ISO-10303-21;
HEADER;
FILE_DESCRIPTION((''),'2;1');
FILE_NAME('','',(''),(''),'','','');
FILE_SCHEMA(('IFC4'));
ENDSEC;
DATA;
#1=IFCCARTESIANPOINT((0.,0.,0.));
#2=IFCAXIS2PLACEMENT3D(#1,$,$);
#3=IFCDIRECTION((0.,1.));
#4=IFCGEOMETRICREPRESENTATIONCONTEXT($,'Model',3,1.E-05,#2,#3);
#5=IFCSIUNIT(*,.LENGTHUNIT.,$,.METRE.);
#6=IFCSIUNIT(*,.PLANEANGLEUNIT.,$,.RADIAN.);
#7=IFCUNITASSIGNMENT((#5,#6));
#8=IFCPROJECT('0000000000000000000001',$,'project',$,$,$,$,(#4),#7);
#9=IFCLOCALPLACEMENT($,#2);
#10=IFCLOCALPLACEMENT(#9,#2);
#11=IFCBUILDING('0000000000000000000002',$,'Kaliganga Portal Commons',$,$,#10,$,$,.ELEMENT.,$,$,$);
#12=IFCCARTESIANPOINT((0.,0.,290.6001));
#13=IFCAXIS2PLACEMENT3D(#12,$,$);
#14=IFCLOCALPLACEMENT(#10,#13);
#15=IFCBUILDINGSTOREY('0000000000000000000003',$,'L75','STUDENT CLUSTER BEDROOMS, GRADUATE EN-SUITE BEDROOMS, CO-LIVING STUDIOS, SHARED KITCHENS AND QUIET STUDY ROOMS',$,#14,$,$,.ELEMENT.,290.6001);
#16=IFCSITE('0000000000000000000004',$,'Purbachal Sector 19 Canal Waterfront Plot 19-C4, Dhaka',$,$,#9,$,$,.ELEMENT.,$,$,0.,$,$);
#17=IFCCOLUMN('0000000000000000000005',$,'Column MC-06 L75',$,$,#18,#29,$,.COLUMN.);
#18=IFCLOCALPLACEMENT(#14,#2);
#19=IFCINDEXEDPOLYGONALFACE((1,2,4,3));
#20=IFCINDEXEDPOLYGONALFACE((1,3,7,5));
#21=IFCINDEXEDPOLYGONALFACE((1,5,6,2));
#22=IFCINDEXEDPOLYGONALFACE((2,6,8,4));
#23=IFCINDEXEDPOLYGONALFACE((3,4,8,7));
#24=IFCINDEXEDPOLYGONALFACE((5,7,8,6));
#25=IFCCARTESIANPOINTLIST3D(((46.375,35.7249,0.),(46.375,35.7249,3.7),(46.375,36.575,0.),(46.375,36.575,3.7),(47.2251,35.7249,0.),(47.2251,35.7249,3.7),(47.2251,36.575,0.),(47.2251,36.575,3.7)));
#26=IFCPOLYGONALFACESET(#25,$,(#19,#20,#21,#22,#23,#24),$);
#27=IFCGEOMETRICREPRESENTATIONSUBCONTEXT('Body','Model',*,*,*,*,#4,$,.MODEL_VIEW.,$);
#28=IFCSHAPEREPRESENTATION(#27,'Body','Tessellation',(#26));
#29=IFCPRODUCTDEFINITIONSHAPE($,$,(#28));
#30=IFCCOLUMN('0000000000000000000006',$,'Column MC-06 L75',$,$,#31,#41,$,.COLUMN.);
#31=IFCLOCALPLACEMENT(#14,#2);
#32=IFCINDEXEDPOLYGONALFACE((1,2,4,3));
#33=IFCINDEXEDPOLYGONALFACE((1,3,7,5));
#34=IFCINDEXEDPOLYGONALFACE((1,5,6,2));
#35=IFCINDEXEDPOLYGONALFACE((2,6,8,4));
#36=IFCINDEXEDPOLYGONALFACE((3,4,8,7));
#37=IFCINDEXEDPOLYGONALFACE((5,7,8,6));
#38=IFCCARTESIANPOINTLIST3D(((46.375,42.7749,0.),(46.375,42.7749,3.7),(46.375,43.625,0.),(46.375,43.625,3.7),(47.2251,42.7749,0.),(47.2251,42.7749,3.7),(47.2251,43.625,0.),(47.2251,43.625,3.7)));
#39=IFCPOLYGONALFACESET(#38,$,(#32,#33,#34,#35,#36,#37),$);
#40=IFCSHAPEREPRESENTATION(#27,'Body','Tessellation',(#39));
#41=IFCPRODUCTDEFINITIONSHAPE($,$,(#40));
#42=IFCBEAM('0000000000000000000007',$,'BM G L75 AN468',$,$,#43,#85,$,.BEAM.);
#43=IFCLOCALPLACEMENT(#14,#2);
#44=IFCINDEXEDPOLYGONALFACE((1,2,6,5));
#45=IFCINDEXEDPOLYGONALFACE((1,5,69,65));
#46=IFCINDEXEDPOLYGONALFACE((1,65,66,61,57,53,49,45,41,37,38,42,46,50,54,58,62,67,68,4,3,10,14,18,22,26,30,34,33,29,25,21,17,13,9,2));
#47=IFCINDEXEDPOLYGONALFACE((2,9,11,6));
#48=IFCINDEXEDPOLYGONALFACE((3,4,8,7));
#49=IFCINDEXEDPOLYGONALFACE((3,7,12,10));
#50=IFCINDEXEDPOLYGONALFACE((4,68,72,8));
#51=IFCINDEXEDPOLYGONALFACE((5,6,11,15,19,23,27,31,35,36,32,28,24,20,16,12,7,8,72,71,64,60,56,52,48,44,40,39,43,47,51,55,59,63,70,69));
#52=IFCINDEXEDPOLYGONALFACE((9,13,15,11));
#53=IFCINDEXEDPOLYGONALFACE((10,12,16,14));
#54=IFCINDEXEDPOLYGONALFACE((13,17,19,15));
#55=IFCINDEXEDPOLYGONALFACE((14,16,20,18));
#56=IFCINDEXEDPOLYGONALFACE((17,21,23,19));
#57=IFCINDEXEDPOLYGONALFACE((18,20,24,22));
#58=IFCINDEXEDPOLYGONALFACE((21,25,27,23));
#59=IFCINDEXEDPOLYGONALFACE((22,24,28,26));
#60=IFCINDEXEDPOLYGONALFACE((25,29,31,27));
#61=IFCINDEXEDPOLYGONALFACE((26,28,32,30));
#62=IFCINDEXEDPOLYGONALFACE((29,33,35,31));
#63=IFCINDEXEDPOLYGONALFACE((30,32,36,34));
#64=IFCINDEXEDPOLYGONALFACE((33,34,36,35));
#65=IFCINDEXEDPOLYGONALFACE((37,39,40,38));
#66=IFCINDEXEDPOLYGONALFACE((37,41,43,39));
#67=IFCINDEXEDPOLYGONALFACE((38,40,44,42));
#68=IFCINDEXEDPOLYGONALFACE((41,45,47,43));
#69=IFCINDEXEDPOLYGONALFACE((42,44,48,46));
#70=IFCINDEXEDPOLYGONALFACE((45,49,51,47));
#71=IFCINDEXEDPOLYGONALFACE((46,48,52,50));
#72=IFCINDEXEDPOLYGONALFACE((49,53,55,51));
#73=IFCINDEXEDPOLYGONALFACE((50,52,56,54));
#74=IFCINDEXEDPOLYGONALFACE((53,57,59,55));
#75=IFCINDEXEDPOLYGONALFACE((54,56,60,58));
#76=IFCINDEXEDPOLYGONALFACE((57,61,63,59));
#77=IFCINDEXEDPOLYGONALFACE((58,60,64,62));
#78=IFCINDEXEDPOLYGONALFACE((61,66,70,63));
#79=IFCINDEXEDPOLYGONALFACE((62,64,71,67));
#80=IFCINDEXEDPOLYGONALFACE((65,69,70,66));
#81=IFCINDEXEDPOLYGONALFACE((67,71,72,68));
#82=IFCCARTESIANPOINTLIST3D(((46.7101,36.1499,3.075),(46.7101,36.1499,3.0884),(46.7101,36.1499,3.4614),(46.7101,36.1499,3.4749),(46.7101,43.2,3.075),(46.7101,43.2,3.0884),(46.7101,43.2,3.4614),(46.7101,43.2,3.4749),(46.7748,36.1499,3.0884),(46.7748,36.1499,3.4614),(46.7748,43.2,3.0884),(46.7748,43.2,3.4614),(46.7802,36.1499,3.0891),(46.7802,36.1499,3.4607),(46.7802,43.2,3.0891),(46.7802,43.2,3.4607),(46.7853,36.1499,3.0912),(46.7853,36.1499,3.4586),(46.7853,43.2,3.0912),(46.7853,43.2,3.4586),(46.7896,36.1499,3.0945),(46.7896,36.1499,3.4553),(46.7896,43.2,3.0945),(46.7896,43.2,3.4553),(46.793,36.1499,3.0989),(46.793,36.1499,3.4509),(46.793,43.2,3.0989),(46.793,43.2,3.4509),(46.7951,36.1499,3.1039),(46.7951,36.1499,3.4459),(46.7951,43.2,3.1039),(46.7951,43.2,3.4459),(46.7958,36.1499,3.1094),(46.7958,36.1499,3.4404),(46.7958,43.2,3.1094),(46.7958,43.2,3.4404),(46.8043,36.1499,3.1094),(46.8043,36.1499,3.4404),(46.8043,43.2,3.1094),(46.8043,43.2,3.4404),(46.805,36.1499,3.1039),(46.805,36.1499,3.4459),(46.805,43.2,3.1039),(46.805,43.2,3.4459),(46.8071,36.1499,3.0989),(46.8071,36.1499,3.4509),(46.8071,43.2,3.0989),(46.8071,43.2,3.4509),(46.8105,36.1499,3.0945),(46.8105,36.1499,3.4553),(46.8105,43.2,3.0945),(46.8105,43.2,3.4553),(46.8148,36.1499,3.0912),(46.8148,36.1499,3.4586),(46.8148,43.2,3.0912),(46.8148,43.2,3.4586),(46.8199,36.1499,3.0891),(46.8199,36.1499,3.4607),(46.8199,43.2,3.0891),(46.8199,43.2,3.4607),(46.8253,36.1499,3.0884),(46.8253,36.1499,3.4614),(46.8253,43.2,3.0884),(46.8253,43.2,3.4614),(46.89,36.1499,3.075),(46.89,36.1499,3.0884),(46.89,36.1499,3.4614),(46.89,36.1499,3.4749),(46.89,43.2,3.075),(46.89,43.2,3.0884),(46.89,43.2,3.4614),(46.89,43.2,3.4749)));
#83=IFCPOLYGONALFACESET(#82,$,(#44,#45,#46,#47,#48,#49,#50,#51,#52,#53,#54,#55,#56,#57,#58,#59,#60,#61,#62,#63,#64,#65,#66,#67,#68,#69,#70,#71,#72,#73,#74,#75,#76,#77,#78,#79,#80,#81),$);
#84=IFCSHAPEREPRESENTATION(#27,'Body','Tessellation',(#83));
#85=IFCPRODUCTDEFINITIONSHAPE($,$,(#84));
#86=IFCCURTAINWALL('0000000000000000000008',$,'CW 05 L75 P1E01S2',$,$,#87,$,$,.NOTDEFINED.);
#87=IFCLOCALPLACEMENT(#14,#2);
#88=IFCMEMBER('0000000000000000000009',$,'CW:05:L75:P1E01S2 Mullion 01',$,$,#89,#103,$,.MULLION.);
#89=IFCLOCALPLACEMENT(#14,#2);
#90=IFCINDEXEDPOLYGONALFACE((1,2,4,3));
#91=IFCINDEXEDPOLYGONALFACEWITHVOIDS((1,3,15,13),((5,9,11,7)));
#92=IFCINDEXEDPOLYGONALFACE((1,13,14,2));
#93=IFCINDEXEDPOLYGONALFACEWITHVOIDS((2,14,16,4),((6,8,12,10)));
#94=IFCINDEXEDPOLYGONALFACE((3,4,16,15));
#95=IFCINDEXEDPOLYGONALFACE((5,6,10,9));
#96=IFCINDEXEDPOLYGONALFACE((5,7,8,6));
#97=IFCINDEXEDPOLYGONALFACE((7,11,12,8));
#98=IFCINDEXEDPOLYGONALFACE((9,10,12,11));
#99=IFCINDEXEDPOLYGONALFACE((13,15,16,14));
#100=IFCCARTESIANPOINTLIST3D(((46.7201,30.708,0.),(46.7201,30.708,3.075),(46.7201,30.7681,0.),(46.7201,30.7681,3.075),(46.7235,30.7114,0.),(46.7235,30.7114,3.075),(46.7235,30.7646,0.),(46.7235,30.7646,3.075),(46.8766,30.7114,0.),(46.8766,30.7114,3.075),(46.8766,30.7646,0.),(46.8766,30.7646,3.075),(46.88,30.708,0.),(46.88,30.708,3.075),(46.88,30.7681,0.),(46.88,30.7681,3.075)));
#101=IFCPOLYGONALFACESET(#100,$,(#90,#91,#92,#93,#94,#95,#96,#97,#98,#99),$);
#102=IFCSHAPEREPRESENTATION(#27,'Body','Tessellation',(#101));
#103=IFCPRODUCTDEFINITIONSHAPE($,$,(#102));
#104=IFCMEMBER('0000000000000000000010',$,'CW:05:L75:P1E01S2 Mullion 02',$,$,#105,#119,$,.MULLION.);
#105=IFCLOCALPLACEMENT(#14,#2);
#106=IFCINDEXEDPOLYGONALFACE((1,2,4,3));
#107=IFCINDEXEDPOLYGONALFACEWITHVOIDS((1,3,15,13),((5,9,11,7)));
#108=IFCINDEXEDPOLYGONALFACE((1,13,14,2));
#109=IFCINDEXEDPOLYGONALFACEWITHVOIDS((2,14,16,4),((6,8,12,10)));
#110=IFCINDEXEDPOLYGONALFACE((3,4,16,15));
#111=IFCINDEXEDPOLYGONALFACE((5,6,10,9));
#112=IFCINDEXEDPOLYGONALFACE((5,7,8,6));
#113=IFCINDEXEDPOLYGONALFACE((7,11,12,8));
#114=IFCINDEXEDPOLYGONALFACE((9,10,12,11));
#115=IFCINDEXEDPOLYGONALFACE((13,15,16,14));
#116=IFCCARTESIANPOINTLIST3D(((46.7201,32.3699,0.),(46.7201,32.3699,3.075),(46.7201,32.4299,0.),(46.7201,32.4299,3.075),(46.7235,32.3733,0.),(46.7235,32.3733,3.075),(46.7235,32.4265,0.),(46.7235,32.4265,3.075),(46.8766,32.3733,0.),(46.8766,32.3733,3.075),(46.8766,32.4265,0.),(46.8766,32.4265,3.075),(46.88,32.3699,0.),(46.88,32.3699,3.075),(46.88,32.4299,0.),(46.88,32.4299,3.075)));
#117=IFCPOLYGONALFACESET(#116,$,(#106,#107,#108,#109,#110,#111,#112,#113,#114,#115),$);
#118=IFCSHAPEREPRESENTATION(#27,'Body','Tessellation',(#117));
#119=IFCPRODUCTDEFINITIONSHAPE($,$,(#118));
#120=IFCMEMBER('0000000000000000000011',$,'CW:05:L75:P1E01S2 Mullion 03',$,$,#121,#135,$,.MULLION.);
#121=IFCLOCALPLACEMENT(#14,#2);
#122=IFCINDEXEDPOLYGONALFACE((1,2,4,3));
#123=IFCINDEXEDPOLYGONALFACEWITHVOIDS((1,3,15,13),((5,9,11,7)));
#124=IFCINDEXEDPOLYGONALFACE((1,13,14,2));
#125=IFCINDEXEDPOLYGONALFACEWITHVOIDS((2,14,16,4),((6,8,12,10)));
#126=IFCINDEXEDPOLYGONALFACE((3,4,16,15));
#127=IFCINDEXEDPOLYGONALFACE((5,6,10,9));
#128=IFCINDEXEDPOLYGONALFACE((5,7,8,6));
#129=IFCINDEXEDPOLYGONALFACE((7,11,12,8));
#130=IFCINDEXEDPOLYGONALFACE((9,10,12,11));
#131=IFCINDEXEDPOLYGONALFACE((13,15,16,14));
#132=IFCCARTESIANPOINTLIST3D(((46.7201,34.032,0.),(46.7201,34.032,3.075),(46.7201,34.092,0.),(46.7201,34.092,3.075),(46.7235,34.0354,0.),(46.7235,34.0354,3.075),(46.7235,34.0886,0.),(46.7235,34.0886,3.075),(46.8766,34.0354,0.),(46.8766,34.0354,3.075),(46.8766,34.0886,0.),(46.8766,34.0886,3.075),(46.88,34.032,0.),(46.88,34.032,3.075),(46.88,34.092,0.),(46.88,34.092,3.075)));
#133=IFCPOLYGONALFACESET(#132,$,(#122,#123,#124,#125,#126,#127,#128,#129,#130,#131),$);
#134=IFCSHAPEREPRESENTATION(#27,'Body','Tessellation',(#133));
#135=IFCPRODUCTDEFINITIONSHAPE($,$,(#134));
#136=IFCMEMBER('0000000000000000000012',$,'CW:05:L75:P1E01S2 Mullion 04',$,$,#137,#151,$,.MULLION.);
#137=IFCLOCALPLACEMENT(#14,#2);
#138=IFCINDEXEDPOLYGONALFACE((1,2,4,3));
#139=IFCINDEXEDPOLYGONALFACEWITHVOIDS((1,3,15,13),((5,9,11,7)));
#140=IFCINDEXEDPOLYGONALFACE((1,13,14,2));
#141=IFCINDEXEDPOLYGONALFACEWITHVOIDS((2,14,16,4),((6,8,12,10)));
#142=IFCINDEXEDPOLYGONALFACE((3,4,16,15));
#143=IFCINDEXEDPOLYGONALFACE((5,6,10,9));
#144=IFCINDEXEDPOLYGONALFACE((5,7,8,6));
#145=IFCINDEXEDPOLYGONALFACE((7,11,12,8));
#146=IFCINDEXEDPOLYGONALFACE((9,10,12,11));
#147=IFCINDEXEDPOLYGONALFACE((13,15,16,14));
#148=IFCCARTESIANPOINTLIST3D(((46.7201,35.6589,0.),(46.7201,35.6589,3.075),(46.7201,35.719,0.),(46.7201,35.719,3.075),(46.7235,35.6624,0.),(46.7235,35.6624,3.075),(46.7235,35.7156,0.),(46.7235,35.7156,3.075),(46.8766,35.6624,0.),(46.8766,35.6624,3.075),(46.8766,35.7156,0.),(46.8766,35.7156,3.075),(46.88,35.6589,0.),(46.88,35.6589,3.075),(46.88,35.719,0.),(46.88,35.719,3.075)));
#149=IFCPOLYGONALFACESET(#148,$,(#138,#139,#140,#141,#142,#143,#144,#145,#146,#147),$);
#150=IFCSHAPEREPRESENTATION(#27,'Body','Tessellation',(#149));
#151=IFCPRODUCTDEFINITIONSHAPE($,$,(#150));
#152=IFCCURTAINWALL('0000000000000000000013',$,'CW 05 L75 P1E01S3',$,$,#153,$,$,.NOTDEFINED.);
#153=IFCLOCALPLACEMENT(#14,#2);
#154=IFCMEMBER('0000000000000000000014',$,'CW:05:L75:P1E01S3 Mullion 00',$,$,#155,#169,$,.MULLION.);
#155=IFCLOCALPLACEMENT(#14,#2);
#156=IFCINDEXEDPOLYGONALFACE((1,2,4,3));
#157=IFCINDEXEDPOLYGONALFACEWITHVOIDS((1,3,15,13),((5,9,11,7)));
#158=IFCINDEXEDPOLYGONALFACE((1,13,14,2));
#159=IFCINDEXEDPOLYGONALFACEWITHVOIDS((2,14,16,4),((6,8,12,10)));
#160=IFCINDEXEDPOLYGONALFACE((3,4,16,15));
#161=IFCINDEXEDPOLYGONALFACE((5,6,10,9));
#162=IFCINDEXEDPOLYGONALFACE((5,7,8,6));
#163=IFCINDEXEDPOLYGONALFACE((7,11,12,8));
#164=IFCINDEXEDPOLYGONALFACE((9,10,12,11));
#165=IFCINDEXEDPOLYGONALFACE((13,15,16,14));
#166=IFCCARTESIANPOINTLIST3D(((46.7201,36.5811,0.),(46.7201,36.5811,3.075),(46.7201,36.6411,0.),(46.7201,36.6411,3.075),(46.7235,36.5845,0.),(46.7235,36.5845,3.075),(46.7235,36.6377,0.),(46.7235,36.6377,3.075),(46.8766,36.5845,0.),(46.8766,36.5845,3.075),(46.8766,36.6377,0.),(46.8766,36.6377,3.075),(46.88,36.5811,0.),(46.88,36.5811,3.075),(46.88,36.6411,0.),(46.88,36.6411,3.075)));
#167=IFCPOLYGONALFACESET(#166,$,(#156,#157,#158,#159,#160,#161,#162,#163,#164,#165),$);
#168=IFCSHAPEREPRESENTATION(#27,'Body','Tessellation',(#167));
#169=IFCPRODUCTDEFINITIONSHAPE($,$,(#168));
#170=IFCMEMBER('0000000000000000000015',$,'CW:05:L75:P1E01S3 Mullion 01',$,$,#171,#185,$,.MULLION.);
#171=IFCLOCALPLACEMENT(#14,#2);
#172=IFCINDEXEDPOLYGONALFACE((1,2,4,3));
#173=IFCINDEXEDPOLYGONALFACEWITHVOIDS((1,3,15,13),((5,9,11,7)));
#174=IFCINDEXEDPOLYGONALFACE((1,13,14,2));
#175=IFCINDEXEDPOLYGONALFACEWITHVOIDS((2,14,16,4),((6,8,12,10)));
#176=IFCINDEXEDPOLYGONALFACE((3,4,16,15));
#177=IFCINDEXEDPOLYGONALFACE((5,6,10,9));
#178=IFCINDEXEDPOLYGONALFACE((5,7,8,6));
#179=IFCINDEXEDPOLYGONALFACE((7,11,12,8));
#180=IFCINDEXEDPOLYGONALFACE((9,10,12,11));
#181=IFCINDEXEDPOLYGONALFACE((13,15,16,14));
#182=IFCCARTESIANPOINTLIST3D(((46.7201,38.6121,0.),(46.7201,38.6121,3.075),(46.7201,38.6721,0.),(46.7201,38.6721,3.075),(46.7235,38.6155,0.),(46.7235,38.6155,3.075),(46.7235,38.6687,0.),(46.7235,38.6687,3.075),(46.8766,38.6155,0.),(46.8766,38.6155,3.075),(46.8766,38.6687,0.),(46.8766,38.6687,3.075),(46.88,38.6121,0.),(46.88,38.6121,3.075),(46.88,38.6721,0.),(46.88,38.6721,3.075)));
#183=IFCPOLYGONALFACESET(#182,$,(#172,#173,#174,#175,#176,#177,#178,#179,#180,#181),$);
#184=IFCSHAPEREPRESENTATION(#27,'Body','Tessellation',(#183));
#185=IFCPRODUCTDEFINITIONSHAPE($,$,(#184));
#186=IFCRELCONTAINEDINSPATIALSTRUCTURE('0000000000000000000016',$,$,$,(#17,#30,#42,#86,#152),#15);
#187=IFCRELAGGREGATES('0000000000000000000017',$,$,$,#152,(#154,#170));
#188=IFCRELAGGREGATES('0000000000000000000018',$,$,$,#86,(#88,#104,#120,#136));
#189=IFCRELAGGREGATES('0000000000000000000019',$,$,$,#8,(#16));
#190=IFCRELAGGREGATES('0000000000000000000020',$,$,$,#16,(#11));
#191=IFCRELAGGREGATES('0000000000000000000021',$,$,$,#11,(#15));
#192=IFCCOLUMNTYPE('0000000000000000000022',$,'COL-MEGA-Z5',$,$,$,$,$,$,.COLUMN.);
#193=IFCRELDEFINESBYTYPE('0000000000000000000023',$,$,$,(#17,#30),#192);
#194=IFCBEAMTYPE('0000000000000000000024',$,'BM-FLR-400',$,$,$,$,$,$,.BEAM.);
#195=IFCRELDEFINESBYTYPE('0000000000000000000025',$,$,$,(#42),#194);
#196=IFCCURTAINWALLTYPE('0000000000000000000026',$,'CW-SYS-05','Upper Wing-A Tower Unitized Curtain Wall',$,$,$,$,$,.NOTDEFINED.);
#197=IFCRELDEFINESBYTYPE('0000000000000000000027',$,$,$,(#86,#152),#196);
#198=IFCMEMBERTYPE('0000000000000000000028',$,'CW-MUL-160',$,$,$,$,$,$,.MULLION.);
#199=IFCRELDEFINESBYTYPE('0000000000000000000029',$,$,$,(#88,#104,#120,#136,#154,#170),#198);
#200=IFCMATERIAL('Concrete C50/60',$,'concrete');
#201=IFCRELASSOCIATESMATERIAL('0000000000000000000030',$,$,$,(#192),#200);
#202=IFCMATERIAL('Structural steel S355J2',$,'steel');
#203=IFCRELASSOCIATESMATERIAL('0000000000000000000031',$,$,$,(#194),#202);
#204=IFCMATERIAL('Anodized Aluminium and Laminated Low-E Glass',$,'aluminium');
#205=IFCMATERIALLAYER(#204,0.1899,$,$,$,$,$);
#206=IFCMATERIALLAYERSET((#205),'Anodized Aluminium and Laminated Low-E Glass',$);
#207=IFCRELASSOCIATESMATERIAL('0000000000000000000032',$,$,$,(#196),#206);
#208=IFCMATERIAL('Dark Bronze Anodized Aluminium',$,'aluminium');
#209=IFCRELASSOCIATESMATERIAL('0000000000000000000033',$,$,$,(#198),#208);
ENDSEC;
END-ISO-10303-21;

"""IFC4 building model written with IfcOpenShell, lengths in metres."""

from ifc_helpers import new_model, si_unit, direction, frame, origin, origin_2d, place, context, subcontext, project, spatial, rectangle, hollow_rectangle, i_section, extrude, source, transform, mapped, material, layer, layer_set, material_profile, profile_set, type_object, element, aggregate, save


model = new_model("IFC4")

# Units and contexts
model_context = context("Model", 3, precision=1e-05, world=origin(), true_north=direction((0.0, 1.0)))
body_context = subcontext(model_context, "Body", "Model", "MODEL_VIEW")
ifc_project = project(units=[si_unit("LENGTHUNIT", "METRE"), si_unit("PLANEANGLEUNIT", "RADIAN")], contexts=[model_context])

# Site, building, storey
site_placement = place(None, origin())
site = spatial("IfcSite", under=ifc_project, at=site_placement, Name="Purbachal Sector 19 Canal Waterfront Plot 19-C4, Dhaka", CompositionType="ELEMENT", RefElevation=0.0)
building_placement = place(site_placement, origin())
building = spatial("IfcBuilding", under=site, at=building_placement, Name="Kaliganga Portal Commons", CompositionType="ELEMENT")
storey_placement = place(building_placement, frame((0.0, 0.0, 290.6001)))
storey = spatial("IfcBuildingStorey", under=building, at=storey_placement, Name="L75", Description="STUDENT CLUSTER BEDROOMS, GRADUATE EN-SUITE BEDROOMS, CO-LIVING STUDIOS, SHARED KITCHENS AND QUIET STUDY ROOMS", CompositionType="ELEMENT", Elevation=290.6001)

# Columns
ifc_material_1 = material(Name="Concrete C50/60", Category="concrete")
ifc_material_profile_1 = material_profile(ifc_material_1, rectangle(XDim=0.8501, YDim=0.8501, at=origin_2d()), Name="RC 850x850")
ifc_profile_set_1 = profile_set([ifc_material_profile_1], Name="Concrete C50/60")
column_type = type_object("IfcColumnType", Name="COL-MEGA-Z5", PredefinedType="COLUMN", material=ifc_profile_set_1)
shared_shape_1 = source(origin(), body_context, "Body", "SweptSolid", [
    extrude(rectangle(XDim=0.8501, YDim=0.8501, at=origin_2d()), origin(), (0.0, 0.0, 1.0), 3.7),
])
for number, where, z_axis, x_axis, name in (
    (1, (46.8, 36.1499, 0.0), (0.0, 0.0, 1.0), (1.0, 0.0, 0.0), "Column MC-06 L75"),
    (2, (46.8, 43.2, 0.0), (0.0, 0.0, 1.0), (1.0, 0.0, 0.0), "Column MC-06 L75"),
):
    element("IfcColumn", number, at=place(storey_placement, frame(where, z_axis=z_axis, x_axis=x_axis)), inside=storey, type_object=column_type, Name=name, PredefinedType="COLUMN", context=body_context, shape_type="MappedRepresentation", body=[
        mapped(shared_shape_1, transform((0.0, 0.0, 0.0), x_axis=(1.0, 0.0, 0.0), y_axis=(0.0, 1.0, 0.0), z_axis=(0.0, 0.0, 1.0), scale=1.0)),
    ])

# Beam
ifc_material_2 = material(Name="Structural steel S355J2", Category="steel")
ifc_material_profile_2 = material_profile(ifc_material_2, i_section(OverallWidth=0.1799, OverallDepth=0.3999, WebThickness=0.0085, FlangeThickness=0.0134, FilletRadius=0.021, at=origin_2d()), Name="IPE 400")
ifc_profile_set_2 = profile_set([ifc_material_profile_2], Name="Structural steel S355J2 wide-flange")
beam_type = type_object("IfcBeamType", Name="BM-FLR-400", PredefinedType="BEAM", material=ifc_profile_set_2)
shared_shape_2 = source(origin(), body_context, "Body", "SweptSolid", [
    extrude(i_section(OverallWidth=0.1799, OverallDepth=0.3999, WebThickness=0.0085, FlangeThickness=0.0134, FilletRadius=0.021, at=origin_2d()), origin(), (0.0, 0.0, 1.0), 7.05),
])
beam_placement = place(storey_placement, frame((46.8, 36.1499, 3.2749), z_axis=(0.0, 1.0, 0.0), x_axis=(-1.0, 0.0, 0.0)))
element("IfcBeam", 3, at=beam_placement, inside=storey, type_object=beam_type, Name="BM G L75 AN468", PredefinedType="BEAM", context=body_context, shape_type="MappedRepresentation", body=[
    mapped(shared_shape_2, transform((0.0, 0.0, 0.0), x_axis=(1.0, 0.0, 0.0), y_axis=(0.0, 1.0, 0.0), z_axis=(0.0, 0.0, 1.0), scale=1.0)),
])

# Curtain wall, members
ifc_material_3 = material(Name="Anodized Aluminium and Laminated Low-E Glass", Category="aluminium")
ifc_layer_1 = layer(ifc_material_3, 0.1899)
ifc_layer_set_1 = layer_set([ifc_layer_1], Name="Anodized Aluminium and Laminated Low-E Glass")
curtain_wall_type = type_object("IfcCurtainWallType", Name="CW-SYS-05", Description="Upper Wing-A Tower Unitized Curtain Wall", PredefinedType="NOTDEFINED", material=ifc_layer_set_1)
curtain_wall_1_placement = place(storey_placement, origin())
curtain_wall_1 = element("IfcCurtainWall", 4, at=curtain_wall_1_placement, inside=storey, type_object=curtain_wall_type, Name="CW 05 L75 P1E01S2", PredefinedType="NOTDEFINED")
ifc_material_4 = material(Name="Dark Bronze Anodized Aluminium", Category="aluminium")
ifc_material_profile_3 = material_profile(ifc_material_4, hollow_rectangle(XDim=0.0601, YDim=0.1599, WallThickness=0.0034, at=origin_2d()), Name="ALU MULL 60x160x3.5")
ifc_profile_set_3 = profile_set([ifc_material_profile_3], Name="Dark Bronze Anodized Aluminium")
member_type_1 = type_object("IfcMemberType", Name="CW-MUL-160", PredefinedType="MULLION", material=ifc_profile_set_3)
shared_shape_3 = source(origin(), body_context, "Body", "SweptSolid", [
    extrude(hollow_rectangle(XDim=0.0601, YDim=0.1599, WallThickness=0.0034, at=origin_2d()), origin(), (0.0, 0.0, 1.0), 3.075),
])
member_1_placement = place(storey_placement, frame((46.8, 30.738, 0.0), z_axis=(0.0, 0.0, 1.0), x_axis=(0.0, 1.0, 0.0)))
member_1 = element("IfcMember", 5, at=member_1_placement, type_object=member_type_1, Name="CW:05:L75:P1E01S2 Mullion 01", PredefinedType="MULLION", context=body_context, shape_type="MappedRepresentation", body=[
    mapped(shared_shape_3, transform((0.0, 0.0, 0.0), x_axis=(1.0, 0.0, 0.0), y_axis=(0.0, 1.0, 0.0), z_axis=(0.0, 0.0, 1.0), scale=1.0)),
])
member_2_placement = place(storey_placement, frame((46.8, 32.3999, 0.0), z_axis=(0.0, 0.0, 1.0), x_axis=(0.0, 1.0, 0.0)))
member_2 = element("IfcMember", 6, at=member_2_placement, type_object=member_type_1, Name="CW:05:L75:P1E01S2 Mullion 02", PredefinedType="MULLION", context=body_context, shape_type="MappedRepresentation", body=[
    mapped(shared_shape_3, transform((0.0, 0.0, 0.0), x_axis=(1.0, 0.0, 0.0), y_axis=(0.0, 1.0, 0.0), z_axis=(0.0, 0.0, 1.0), scale=1.0)),
])
member_3_placement = place(storey_placement, frame((46.8, 34.062, 0.0), z_axis=(0.0, 0.0, 1.0), x_axis=(0.0, 1.0, 0.0)))
member_3 = element("IfcMember", 7, at=member_3_placement, type_object=member_type_1, Name="CW:05:L75:P1E01S2 Mullion 03", PredefinedType="MULLION", context=body_context, shape_type="MappedRepresentation", body=[
    mapped(shared_shape_3, transform((0.0, 0.0, 0.0), x_axis=(1.0, 0.0, 0.0), y_axis=(0.0, 1.0, 0.0), z_axis=(0.0, 0.0, 1.0), scale=1.0)),
])
member_4_placement = place(storey_placement, frame((46.8, 35.689, 0.0), z_axis=(0.0, 0.0, 1.0), x_axis=(0.0, 1.0, 0.0)))
member_4 = element("IfcMember", 8, at=member_4_placement, type_object=member_type_1, Name="CW:05:L75:P1E01S2 Mullion 04", PredefinedType="MULLION", context=body_context, shape_type="MappedRepresentation", body=[
    mapped(shared_shape_3, transform((0.0, 0.0, 0.0), x_axis=(1.0, 0.0, 0.0), y_axis=(0.0, 1.0, 0.0), z_axis=(0.0, 0.0, 1.0), scale=1.0)),
])

# Curtain wall, members
curtain_wall_2_placement = place(storey_placement, origin())
curtain_wall_2 = element("IfcCurtainWall", 9, at=curtain_wall_2_placement, inside=storey, type_object=curtain_wall_type, Name="CW 05 L75 P1E01S3", PredefinedType="NOTDEFINED")
member_5_placement = place(storey_placement, frame((46.8, 36.6111, 0.0), z_axis=(0.0, 0.0, 1.0), x_axis=(0.0, 1.0, 0.0)))
member_5 = element("IfcMember", 10, at=member_5_placement, type_object=member_type_1, Name="CW:05:L75:P1E01S3 Mullion 00", PredefinedType="MULLION", context=body_context, shape_type="MappedRepresentation", body=[
    mapped(shared_shape_3, transform((0.0, 0.0, 0.0), x_axis=(1.0, 0.0, 0.0), y_axis=(0.0, 1.0, 0.0), z_axis=(0.0, 0.0, 1.0), scale=1.0)),
])
member_6_placement = place(storey_placement, frame((46.8, 38.6421, 0.0), z_axis=(0.0, 0.0, 1.0), x_axis=(0.0, 1.0, 0.0)))
member_6 = element("IfcMember", 11, at=member_6_placement, type_object=member_type_1, Name="CW:05:L75:P1E01S3 Mullion 01", PredefinedType="MULLION", context=body_context, shape_type="MappedRepresentation", body=[
    mapped(shared_shape_3, transform((0.0, 0.0, 0.0), x_axis=(1.0, 0.0, 0.0), y_axis=(0.0, 1.0, 0.0), z_axis=(0.0, 0.0, 1.0), scale=1.0)),
])
aggregate(curtain_wall_2, [member_5, member_6])

aggregate(curtain_wall_1, [member_1, member_2, member_3, member_4])

save(model, "model.ifc")
